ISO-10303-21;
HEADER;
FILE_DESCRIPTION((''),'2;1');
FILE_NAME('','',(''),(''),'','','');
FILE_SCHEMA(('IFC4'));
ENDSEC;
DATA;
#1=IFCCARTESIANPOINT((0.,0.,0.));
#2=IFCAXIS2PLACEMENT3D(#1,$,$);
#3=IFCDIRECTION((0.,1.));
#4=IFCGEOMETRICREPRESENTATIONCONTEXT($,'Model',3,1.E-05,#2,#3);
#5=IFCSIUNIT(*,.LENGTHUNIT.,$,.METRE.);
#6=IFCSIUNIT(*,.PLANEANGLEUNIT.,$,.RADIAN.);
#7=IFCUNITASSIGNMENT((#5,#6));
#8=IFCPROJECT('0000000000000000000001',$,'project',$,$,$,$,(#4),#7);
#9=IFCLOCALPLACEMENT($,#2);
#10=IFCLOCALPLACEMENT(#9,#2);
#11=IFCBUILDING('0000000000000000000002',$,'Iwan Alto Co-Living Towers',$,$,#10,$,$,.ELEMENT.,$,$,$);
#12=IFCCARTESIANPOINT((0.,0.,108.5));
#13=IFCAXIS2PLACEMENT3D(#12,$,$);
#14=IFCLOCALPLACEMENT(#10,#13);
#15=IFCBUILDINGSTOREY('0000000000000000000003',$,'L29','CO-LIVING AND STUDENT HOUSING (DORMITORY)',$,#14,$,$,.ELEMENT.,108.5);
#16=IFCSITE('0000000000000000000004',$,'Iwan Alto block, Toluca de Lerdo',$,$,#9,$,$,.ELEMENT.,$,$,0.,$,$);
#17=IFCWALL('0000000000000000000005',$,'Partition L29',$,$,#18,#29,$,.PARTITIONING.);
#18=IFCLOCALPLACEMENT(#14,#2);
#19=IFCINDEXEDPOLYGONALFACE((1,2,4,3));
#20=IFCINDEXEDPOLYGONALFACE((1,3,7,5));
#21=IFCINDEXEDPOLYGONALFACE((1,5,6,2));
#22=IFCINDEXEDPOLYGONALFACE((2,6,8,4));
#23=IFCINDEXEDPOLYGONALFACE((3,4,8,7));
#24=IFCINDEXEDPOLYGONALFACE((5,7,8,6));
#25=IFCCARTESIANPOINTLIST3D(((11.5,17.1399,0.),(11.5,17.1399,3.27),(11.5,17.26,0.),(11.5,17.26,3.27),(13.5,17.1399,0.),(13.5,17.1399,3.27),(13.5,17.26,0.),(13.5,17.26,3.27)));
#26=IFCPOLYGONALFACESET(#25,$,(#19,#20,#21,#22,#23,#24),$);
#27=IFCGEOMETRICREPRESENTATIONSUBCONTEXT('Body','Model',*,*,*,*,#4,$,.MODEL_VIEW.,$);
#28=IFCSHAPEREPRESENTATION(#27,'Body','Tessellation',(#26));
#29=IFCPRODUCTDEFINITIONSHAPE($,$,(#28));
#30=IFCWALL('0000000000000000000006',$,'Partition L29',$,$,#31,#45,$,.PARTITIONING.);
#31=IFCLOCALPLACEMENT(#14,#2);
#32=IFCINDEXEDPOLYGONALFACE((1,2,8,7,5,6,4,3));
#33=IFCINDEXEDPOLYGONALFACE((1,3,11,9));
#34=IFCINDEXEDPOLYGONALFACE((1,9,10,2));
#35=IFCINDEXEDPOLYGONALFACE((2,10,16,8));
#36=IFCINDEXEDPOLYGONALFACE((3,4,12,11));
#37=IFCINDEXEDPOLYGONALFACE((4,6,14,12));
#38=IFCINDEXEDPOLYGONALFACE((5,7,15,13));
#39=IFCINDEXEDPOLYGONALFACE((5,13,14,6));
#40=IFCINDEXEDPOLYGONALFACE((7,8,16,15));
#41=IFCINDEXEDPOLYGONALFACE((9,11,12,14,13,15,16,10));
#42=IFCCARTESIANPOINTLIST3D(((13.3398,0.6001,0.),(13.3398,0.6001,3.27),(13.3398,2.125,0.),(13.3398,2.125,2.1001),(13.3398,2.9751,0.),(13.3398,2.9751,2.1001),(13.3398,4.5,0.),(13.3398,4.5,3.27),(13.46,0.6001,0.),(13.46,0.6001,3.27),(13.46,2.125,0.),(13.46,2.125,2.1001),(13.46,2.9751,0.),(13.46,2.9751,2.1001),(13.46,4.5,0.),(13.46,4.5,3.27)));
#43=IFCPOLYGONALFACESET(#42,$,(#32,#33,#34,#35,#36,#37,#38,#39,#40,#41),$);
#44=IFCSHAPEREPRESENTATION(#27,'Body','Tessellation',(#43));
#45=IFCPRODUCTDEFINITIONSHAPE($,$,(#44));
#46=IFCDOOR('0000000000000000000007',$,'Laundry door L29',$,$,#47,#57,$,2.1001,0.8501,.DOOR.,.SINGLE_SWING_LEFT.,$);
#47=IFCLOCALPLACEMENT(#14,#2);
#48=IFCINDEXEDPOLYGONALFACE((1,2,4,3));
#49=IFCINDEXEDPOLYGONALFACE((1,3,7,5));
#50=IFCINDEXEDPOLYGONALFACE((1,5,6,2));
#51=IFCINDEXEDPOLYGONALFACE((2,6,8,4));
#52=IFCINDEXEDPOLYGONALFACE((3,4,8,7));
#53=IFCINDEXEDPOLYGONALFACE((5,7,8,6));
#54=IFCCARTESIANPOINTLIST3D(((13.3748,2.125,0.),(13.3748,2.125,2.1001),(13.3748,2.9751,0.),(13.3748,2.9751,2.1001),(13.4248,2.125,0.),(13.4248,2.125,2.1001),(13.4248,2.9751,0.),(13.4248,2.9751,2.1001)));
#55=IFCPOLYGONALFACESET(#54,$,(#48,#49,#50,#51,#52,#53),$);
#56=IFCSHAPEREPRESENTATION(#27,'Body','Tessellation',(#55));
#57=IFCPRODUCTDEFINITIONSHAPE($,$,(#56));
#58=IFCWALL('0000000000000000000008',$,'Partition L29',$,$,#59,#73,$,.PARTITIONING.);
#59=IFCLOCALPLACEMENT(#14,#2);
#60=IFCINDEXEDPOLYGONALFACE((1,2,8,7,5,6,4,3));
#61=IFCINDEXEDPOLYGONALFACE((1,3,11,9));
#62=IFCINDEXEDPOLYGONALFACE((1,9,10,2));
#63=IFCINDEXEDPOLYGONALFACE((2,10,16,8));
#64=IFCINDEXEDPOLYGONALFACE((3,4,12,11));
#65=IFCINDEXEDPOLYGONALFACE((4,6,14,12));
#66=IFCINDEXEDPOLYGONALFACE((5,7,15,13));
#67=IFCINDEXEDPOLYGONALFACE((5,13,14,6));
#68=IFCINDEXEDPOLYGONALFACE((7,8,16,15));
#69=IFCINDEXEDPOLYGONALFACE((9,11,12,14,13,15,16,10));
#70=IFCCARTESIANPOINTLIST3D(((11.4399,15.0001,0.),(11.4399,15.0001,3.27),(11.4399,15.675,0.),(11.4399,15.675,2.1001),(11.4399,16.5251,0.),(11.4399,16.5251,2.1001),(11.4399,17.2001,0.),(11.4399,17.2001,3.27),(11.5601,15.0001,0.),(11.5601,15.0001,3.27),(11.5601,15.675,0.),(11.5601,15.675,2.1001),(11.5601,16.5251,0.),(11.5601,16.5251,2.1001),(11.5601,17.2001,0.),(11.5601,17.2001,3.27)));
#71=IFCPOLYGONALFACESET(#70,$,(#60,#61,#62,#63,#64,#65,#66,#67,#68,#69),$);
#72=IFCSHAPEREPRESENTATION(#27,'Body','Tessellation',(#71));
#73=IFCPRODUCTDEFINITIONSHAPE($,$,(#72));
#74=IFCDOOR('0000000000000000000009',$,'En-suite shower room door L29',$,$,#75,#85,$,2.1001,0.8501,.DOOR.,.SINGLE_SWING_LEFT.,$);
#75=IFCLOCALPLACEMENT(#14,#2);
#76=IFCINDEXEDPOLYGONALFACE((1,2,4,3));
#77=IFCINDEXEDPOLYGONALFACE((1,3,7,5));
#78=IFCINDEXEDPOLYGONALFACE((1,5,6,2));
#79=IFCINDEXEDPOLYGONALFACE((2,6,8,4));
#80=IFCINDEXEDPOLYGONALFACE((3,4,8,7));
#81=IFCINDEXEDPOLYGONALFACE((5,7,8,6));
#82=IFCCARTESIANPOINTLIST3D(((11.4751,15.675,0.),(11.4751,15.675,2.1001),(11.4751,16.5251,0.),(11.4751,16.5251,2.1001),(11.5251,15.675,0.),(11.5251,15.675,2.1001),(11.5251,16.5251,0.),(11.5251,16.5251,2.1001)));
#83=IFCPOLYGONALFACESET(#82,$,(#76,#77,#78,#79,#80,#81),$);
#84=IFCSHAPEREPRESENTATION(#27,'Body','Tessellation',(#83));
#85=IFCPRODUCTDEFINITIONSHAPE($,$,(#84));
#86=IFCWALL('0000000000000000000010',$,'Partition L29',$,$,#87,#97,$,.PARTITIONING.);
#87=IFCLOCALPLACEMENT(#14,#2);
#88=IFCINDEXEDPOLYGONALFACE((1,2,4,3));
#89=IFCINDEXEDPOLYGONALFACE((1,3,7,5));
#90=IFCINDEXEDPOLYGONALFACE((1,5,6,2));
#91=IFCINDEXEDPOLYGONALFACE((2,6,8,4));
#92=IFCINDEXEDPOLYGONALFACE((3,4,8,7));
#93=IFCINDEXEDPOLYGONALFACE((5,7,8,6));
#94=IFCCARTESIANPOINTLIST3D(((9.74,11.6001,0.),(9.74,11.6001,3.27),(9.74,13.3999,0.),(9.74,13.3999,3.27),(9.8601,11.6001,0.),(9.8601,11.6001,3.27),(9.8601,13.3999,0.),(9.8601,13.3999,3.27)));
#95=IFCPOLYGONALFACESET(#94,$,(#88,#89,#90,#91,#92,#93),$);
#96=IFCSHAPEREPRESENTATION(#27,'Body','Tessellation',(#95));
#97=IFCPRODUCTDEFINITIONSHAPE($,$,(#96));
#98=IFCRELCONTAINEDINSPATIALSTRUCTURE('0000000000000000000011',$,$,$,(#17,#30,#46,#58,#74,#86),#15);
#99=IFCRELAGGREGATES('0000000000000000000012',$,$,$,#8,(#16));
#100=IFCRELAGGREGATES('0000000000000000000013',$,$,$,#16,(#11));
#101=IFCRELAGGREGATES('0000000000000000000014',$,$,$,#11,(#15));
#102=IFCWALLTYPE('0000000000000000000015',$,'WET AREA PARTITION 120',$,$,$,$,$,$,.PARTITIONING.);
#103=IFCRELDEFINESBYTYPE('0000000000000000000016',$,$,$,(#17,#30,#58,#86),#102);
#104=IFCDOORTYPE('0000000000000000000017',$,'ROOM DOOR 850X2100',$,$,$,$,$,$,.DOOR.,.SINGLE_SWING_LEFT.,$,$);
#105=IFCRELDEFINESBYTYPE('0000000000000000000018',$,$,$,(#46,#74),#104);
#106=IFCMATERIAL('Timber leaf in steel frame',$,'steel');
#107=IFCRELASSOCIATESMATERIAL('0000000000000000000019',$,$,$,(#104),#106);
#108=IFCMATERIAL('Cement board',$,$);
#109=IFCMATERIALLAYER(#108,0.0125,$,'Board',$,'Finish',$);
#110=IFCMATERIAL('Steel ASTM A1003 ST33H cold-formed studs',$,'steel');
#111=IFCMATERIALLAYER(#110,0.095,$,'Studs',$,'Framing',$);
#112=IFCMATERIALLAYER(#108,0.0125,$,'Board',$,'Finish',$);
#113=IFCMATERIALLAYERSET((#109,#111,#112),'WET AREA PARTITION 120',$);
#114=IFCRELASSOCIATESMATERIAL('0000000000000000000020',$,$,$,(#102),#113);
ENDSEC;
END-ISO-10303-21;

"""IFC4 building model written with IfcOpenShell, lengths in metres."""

from ifc_helpers import new_model, si_unit, direction, frame, frame_2d, origin, place, context, subcontext, project, spatial, rectangle, extrude, material, layer, layer_set, type_object, element, fill, save


model = new_model("IFC4")

# Units and contexts
model_context = context("Model", 3, precision=1e-05, world=origin(), true_north=direction((0.0, 1.0)))
body_context = subcontext(model_context, "Body", "Model", "MODEL_VIEW")
ifc_project = project(units=[si_unit("LENGTHUNIT", "METRE"), si_unit("PLANEANGLEUNIT", "RADIAN")], contexts=[model_context])

# Site, building, storey
site_placement = place(None, origin())
site = spatial("IfcSite", under=ifc_project, at=site_placement, Name="Iwan Alto block, Toluca de Lerdo", CompositionType="ELEMENT", RefElevation=0.0)
building_placement = place(site_placement, origin())
building = spatial("IfcBuilding", under=site, at=building_placement, Name="Iwan Alto Co-Living Towers", CompositionType="ELEMENT")
storey_placement = place(building_placement, frame((0.0, 0.0, 108.5)))
storey = spatial("IfcBuildingStorey", under=building, at=storey_placement, Name="L29", Description="CO-LIVING AND STUDENT HOUSING (DORMITORY)", CompositionType="ELEMENT", Elevation=108.5)

# Shared definitions
ifc_material_1 = material(Name="Steel ASTM A1003 ST33H cold-formed studs", Category="steel")

# Shared definitions
ifc_material_2 = material(Name="Timber leaf in steel frame", Category="steel")
door_type_1 = type_object("IfcDoorType", Name="ROOM DOOR 850X2100", OperationType="SINGLE_SWING_LEFT", PredefinedType="DOOR", material=ifc_material_2)

# Shared definitions
ifc_material_3 = material(Name="Cement board")
ifc_layer_1 = layer(ifc_material_3, 0.0125, Name="Board", Category="Finish")
ifc_layer_2 = layer(ifc_material_1, 0.095, Name="Studs", Category="Framing")
ifc_layer_3 = layer(ifc_material_3, 0.0125, Name="Board", Category="Finish")
ifc_layer_set_1 = layer_set([ifc_layer_1, ifc_layer_2, ifc_layer_3], Name="WET AREA PARTITION 120")
wall_type_1 = type_object("IfcWallType", Name="WET AREA PARTITION 120", PredefinedType="PARTITIONING", material=ifc_layer_set_1)

# Wall
wall_1_placement = place(storey_placement, frame((11.5, 17.2, 0.0), z_axis=(0.0, 0.0, 1.0), x_axis=(1.0, 0.0, 0.0)))
element("IfcWall", 1, at=wall_1_placement, inside=storey, type_object=wall_type_1, Name="Partition L29", PredefinedType="PARTITIONING", context=body_context, shape_type="SweptSolid", body=[
    extrude(rectangle(XDim=2.0, YDim=0.1201, at=frame_2d((1.0, 0.0))), origin(), (0.0, 0.0, 1.0), 3.27),
])

# Walls, openings, doors
wall_2_placement = place(storey_placement, frame((13.3999, 0.6001, 0.0), z_axis=(0.0, 0.0, 1.0), x_axis=(0.0, 1.0, 0.0)))
wall_2 = element("IfcWall", 2, at=wall_2_placement, inside=storey, type_object=wall_type_1, Name="Partition L29", PredefinedType="PARTITIONING", context=body_context, shape_type="SweptSolid", body=[
    extrude(rectangle(XDim=3.8999, YDim=0.1201, at=frame_2d((1.95, 0.0))), origin(), (0.0, 0.0, 1.0), 3.27),
])
opening_1_placement = place(wall_2_placement, frame((1.5249, 0.0, 0.0)))
opening_1 = element("IfcOpeningElement", 3, at=opening_1_placement, cuts=wall_2, PredefinedType="OPENING", context=body_context, shape_type="SweptSolid", body=[
    extrude(rectangle(XDim=0.8501, YDim=2.1001, at=frame_2d((0.425, 1.05))), frame((0.0, 0.0701, 0.0), z_axis=(0.0, -1.0, 0.0), x_axis=(1.0, 0.0, 0.0)), (0.0, 0.0, 1.0), 0.1401),
])
door_1_placement = place(opening_1_placement, frame((0.8501, 0.0, 0.0), z_axis=(0.0, 0.0, 1.0), x_axis=(-1.0, 0.0, 0.0)))
door_1 = element("IfcDoor", 4, at=door_1_placement, inside=storey, type_object=door_type_1, Name="Laundry door L29", OperationType="SINGLE_SWING_LEFT", OverallHeight=2.1001, OverallWidth=0.8501, PredefinedType="DOOR", context=body_context, shape_type="SweptSolid", body=[
    extrude(rectangle(XDim=0.8501, YDim=2.1001, at=frame_2d((0.425, 1.05))), frame((0.0, 0.0249, 0.0), z_axis=(0.0, -1.0, 0.0), x_axis=(1.0, 0.0, 0.0)), (0.0, 0.0, 1.0), 0.05),
])
fill(opening_1, door_1)
wall_3_placement = place(storey_placement, frame((11.5, 15.0, 0.0), z_axis=(0.0, 0.0, 1.0), x_axis=(0.0, 1.0, 0.0)))
wall_3 = element("IfcWall", 5, at=wall_3_placement, inside=storey, type_object=wall_type_1, Name="Partition L29", PredefinedType="PARTITIONING", context=body_context, shape_type="SweptSolid", body=[
    extrude(rectangle(XDim=2.2, YDim=0.1201, at=frame_2d((1.1001, 0.0))), origin(), (0.0, 0.0, 1.0), 3.27),
])
opening_2_placement = place(wall_3_placement, frame((0.675, 0.0, 0.0)))
opening_2 = element("IfcOpeningElement", 6, at=opening_2_placement, cuts=wall_3, PredefinedType="OPENING", context=body_context, shape_type="SweptSolid", body=[
    extrude(rectangle(XDim=0.8501, YDim=2.1001, at=frame_2d((0.425, 1.05))), frame((0.0, 0.0701, 0.0), z_axis=(0.0, -1.0, 0.0), x_axis=(1.0, 0.0, 0.0)), (0.0, 0.0, 1.0), 0.1401),
])
door_2_placement = place(opening_2_placement, origin())
door_2 = element("IfcDoor", 7, at=door_2_placement, inside=storey, type_object=door_type_1, Name="En-suite shower room door L29", OperationType="SINGLE_SWING_LEFT", OverallHeight=2.1001, OverallWidth=0.8501, PredefinedType="DOOR", context=body_context, shape_type="SweptSolid", body=[
    extrude(rectangle(XDim=0.8501, YDim=2.1001, at=frame_2d((0.425, 1.05))), frame((0.0, 0.0249, 0.0), z_axis=(0.0, -1.0, 0.0), x_axis=(1.0, 0.0, 0.0)), (0.0, 0.0, 1.0), 0.05),
])
fill(opening_2, door_2)

# Wall
wall_4_placement = place(storey_placement, frame((9.8, 11.6001, 0.0), z_axis=(0.0, 0.0, 1.0), x_axis=(0.0, 1.0, 0.0)))
element("IfcWall", 8, at=wall_4_placement, inside=storey, type_object=wall_type_1, Name="Partition L29", PredefinedType="PARTITIONING", context=body_context, shape_type="SweptSolid", body=[
    extrude(rectangle(XDim=1.7998, YDim=0.1201, at=frame_2d((0.8999, 0.0))), origin(), (0.0, 0.0, 1.0), 3.27),
])

save(model, "model.ifc")
